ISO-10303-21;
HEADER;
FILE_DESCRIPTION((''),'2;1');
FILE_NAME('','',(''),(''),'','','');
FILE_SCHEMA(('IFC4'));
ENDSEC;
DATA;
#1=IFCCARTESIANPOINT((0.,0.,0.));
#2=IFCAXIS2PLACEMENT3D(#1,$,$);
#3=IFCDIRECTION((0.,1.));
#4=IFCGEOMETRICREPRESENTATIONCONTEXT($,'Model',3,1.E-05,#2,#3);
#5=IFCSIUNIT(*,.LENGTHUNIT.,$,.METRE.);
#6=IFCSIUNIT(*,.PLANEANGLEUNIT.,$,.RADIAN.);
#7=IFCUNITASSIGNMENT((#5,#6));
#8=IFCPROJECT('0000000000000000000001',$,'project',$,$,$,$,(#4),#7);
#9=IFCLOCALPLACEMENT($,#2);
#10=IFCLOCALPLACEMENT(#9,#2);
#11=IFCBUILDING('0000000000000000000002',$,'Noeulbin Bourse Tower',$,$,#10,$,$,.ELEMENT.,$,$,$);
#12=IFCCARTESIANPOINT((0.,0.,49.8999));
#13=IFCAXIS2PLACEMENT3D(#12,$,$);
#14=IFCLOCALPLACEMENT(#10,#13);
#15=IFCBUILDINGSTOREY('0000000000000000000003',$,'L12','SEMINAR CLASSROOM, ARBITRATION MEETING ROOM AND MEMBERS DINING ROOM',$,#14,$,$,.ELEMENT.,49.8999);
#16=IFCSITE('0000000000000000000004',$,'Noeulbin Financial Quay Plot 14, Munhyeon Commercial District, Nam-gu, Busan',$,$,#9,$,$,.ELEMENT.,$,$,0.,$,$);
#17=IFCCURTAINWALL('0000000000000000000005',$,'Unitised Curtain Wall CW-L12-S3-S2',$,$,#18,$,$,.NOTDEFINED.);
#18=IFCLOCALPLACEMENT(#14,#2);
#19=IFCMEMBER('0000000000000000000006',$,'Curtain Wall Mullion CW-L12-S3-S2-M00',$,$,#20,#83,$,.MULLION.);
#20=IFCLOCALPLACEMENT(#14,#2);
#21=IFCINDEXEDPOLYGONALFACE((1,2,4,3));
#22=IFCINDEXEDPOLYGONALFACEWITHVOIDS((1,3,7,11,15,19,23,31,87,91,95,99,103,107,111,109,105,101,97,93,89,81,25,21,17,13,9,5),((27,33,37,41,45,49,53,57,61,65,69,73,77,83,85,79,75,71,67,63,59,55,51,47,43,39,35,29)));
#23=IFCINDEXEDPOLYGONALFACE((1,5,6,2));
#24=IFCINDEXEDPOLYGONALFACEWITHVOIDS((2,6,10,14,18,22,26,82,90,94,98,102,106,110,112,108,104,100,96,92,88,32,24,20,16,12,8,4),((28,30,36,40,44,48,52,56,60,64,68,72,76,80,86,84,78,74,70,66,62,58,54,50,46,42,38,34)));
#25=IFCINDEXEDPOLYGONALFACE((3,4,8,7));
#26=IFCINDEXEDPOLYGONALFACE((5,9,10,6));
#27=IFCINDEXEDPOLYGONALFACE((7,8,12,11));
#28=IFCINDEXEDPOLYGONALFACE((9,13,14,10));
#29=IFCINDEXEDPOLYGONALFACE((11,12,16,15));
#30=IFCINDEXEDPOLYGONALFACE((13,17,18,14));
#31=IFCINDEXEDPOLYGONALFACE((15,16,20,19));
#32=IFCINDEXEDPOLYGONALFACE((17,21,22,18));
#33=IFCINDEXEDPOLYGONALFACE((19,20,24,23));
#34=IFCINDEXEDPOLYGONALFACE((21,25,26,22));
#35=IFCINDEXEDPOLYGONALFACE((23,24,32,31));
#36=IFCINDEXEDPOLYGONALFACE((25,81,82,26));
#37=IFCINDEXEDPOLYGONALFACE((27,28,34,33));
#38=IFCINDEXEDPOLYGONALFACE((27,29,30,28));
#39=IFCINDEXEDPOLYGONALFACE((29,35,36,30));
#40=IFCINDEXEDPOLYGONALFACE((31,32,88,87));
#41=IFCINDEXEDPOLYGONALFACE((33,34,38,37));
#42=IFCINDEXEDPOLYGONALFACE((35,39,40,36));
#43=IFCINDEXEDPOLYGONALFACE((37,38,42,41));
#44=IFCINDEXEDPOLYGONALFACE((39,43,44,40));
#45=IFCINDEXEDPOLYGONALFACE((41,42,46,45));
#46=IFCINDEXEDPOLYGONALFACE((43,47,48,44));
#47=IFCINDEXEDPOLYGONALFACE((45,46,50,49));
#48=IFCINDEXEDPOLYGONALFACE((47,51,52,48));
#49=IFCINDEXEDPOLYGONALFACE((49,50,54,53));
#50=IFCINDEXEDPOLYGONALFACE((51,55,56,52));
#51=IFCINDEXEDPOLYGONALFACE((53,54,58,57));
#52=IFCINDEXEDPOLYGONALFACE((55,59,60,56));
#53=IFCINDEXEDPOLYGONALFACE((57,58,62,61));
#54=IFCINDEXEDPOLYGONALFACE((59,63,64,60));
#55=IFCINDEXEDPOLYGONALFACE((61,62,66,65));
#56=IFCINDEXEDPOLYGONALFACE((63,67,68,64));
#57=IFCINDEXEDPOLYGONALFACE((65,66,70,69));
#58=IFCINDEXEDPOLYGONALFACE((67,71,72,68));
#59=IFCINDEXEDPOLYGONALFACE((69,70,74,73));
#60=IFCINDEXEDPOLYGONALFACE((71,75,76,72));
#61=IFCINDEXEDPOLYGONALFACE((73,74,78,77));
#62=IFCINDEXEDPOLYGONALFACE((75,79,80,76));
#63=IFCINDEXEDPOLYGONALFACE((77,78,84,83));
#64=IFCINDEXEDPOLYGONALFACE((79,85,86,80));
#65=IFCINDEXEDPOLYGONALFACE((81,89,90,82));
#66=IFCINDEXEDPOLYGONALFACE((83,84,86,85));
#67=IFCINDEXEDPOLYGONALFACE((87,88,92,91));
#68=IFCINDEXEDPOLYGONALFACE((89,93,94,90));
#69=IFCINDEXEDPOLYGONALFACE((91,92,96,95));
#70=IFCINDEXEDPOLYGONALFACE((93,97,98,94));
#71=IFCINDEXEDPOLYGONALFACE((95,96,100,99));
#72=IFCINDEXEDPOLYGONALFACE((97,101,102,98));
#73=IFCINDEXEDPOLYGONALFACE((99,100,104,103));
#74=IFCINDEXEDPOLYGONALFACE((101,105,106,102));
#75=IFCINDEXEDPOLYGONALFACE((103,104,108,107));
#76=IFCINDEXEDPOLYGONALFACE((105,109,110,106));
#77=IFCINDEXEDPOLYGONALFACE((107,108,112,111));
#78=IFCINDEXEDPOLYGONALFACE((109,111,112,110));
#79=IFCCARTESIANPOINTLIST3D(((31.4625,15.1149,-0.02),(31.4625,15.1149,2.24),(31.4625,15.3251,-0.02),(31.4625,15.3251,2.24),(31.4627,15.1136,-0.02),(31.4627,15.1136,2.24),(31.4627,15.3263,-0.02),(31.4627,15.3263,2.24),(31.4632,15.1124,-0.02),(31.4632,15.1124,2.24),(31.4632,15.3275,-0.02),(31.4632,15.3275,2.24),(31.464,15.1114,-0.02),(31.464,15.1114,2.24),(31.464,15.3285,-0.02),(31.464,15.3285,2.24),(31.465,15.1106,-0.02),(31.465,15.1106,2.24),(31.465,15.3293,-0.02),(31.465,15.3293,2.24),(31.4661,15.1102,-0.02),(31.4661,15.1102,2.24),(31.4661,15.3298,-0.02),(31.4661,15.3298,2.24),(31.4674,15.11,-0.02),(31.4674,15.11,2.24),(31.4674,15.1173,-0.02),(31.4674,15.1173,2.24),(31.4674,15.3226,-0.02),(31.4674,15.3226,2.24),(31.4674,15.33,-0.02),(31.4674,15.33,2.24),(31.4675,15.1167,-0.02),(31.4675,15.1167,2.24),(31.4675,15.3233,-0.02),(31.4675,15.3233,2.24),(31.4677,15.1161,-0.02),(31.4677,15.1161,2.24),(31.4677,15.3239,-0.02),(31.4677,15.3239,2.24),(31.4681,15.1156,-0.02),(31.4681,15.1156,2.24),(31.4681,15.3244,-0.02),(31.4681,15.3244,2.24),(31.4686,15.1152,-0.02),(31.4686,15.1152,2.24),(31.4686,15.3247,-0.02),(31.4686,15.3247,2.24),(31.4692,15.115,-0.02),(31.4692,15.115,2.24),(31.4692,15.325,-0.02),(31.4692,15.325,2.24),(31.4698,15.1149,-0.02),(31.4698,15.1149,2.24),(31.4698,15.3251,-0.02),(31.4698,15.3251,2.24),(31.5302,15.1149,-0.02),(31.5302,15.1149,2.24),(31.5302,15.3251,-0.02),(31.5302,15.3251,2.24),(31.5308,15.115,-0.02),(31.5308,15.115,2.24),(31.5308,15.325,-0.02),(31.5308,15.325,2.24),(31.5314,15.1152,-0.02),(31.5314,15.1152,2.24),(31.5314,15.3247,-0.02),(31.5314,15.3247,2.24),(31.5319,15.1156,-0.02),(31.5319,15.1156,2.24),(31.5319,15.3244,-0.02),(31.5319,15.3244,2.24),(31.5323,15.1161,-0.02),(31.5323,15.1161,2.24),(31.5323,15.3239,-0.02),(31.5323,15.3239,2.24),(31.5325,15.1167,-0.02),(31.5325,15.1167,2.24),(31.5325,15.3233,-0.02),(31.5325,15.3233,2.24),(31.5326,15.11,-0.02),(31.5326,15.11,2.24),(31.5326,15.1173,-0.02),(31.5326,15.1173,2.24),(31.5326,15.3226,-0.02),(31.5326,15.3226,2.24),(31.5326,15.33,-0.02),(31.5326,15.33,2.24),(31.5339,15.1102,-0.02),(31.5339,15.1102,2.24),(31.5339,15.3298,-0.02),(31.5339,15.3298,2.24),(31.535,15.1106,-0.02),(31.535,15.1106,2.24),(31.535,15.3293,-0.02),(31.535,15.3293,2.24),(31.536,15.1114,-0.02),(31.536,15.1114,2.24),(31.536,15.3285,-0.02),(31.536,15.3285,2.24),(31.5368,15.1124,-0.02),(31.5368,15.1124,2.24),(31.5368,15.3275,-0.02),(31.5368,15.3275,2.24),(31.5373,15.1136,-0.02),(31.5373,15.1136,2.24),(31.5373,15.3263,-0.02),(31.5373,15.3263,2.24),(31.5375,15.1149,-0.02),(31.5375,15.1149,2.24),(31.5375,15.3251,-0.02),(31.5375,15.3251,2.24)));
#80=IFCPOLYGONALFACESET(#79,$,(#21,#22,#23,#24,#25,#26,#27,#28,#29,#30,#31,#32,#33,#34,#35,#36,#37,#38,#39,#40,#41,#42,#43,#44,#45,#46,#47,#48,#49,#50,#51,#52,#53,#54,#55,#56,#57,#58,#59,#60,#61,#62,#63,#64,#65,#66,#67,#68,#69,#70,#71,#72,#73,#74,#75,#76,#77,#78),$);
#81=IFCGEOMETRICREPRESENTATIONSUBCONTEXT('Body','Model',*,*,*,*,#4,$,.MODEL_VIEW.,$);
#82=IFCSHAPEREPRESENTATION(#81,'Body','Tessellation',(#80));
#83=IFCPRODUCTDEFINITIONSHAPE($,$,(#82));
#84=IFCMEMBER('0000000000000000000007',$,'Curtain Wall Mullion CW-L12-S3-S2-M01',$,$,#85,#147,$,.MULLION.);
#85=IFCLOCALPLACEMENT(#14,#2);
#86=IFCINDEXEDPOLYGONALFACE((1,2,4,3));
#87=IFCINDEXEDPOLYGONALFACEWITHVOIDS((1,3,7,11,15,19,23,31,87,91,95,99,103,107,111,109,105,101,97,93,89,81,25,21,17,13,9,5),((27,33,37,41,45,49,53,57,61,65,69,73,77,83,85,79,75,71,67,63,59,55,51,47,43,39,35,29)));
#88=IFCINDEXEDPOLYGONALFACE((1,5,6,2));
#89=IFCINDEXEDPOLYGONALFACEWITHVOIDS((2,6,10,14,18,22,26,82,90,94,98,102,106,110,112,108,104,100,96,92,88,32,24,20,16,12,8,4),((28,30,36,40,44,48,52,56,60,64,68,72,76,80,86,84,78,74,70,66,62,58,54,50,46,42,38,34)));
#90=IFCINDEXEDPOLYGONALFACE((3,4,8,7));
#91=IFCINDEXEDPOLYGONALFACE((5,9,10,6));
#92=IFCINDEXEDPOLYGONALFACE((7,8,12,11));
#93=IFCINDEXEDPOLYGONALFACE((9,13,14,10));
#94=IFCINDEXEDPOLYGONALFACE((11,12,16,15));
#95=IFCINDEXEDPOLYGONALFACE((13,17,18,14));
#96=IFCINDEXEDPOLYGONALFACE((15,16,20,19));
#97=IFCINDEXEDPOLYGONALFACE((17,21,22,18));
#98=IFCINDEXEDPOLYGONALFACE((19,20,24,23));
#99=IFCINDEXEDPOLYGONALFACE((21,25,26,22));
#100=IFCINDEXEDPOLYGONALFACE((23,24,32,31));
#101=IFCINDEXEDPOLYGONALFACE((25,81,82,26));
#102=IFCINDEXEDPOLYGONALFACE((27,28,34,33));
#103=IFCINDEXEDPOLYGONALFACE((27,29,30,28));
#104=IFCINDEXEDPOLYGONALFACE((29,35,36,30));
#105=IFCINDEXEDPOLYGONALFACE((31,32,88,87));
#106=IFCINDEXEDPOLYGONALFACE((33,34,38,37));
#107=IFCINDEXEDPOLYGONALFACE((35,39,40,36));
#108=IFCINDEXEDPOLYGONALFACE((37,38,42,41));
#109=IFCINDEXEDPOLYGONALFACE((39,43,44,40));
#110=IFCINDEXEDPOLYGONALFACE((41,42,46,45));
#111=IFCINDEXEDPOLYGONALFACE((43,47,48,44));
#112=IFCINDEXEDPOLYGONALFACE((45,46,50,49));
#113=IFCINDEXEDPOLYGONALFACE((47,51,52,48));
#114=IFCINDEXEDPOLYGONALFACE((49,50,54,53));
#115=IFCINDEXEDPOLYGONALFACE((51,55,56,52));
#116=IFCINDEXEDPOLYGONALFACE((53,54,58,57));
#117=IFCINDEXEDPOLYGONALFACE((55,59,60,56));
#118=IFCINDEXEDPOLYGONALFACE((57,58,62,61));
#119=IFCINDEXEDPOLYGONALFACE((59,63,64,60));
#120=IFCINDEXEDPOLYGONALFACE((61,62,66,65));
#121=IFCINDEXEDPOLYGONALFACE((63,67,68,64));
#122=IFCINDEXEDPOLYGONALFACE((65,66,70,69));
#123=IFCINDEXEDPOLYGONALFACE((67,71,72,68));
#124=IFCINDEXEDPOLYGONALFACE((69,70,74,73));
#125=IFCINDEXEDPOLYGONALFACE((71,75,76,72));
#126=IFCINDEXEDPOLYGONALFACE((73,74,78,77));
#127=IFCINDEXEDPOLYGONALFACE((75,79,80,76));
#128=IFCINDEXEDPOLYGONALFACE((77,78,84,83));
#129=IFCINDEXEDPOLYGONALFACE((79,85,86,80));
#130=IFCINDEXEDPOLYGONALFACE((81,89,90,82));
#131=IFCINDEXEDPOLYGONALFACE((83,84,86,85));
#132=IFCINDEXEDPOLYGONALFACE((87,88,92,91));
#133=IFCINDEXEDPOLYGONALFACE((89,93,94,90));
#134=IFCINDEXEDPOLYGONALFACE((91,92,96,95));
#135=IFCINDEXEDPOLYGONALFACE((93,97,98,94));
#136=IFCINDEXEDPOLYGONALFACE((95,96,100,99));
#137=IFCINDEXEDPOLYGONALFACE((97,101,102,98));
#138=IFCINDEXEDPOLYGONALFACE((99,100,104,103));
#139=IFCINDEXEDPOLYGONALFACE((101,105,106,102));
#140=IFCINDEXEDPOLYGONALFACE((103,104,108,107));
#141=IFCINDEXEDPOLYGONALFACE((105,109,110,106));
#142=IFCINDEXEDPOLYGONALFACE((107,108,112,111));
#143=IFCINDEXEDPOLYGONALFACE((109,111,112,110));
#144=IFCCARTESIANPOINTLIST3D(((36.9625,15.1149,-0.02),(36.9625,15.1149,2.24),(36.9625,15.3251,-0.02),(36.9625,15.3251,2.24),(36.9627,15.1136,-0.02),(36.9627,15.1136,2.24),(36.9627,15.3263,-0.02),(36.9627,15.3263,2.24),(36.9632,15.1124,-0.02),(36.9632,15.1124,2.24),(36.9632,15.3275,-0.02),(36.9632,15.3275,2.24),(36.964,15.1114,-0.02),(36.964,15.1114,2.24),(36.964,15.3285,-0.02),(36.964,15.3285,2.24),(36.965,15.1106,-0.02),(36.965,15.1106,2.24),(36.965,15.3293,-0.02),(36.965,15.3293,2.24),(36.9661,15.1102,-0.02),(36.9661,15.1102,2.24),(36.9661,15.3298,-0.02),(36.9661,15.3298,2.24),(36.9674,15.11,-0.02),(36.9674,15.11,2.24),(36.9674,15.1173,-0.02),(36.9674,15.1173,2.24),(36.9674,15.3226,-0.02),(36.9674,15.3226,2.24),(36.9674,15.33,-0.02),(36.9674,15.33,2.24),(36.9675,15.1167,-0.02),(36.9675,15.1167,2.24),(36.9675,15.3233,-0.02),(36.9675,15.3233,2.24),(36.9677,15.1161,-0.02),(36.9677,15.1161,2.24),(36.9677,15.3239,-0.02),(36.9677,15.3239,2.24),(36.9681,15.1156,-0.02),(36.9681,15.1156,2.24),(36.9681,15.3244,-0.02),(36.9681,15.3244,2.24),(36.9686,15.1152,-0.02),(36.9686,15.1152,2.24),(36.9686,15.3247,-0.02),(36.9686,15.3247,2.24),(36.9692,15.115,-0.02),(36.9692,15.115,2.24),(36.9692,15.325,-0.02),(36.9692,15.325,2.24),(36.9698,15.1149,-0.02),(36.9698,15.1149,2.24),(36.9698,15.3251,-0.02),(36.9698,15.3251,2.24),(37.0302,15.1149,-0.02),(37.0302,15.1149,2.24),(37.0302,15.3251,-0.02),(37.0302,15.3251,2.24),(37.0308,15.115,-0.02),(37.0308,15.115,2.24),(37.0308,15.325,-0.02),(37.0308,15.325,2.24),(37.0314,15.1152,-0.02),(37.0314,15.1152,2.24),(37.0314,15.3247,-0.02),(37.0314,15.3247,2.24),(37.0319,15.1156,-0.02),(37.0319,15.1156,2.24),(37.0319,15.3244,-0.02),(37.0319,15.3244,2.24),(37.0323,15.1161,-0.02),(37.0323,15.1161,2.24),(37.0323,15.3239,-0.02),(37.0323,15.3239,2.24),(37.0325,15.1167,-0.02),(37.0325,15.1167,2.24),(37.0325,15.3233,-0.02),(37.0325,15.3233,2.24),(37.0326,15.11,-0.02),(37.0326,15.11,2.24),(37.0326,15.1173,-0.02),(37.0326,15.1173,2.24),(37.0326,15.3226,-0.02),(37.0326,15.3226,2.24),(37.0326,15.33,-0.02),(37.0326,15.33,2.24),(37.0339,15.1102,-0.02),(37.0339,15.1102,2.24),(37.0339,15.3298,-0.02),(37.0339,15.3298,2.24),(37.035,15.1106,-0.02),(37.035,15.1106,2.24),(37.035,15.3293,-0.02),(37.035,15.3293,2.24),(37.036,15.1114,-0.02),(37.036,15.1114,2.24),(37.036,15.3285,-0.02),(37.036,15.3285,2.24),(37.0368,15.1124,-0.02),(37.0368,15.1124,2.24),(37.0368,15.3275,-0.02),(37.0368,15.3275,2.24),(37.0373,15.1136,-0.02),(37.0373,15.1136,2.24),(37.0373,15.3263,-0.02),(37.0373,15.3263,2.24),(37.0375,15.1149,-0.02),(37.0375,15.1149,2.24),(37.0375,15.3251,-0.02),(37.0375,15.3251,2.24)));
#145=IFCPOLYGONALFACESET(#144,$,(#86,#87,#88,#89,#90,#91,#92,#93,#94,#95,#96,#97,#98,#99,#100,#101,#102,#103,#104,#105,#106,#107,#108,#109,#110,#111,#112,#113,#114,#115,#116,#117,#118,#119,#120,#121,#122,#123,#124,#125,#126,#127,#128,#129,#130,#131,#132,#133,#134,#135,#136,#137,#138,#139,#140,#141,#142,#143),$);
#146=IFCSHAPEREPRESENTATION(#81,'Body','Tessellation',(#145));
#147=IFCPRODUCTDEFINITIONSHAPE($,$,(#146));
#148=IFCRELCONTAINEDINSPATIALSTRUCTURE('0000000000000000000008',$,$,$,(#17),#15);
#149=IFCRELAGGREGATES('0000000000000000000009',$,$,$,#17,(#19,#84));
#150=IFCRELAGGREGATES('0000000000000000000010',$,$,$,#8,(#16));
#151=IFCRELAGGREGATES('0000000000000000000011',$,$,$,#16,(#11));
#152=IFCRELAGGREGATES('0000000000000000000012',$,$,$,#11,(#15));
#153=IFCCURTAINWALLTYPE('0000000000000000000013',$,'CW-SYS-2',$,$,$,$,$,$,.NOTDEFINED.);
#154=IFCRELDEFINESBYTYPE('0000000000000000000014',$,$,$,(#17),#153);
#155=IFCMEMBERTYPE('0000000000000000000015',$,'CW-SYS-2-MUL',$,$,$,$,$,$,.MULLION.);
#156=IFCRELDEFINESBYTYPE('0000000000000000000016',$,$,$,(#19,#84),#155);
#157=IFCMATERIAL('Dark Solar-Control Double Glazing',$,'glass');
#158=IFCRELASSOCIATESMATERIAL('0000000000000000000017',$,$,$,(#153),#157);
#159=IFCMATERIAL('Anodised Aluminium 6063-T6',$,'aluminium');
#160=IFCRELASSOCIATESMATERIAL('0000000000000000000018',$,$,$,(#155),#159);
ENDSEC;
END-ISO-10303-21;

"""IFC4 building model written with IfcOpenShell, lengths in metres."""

from ifc_helpers import new_model, si_unit, direction, frame, origin, origin_2d, place, context, subcontext, project, spatial, hollow_rectangle, extrude, material, material_profile, profile_set, type_object, element, aggregate, save


model = new_model("IFC4")

# Units and contexts
model_context = context("Model", 3, precision=1e-05, world=origin(), true_north=direction((0.0, 1.0)))
body_context = subcontext(model_context, "Body", "Model", "MODEL_VIEW")
ifc_project = project(units=[si_unit("LENGTHUNIT", "METRE"), si_unit("PLANEANGLEUNIT", "RADIAN")], contexts=[model_context])

# Site, building, storey
site_placement = place(None, origin())
site = spatial("IfcSite", under=ifc_project, at=site_placement, Name="Noeulbin Financial Quay Plot 14, Munhyeon Commercial District, Nam-gu, Busan", CompositionType="ELEMENT", RefElevation=0.0)
building_placement = place(site_placement, origin())
building = spatial("IfcBuilding", under=site, at=building_placement, Name="Noeulbin Bourse Tower", CompositionType="ELEMENT")
storey_placement = place(building_placement, frame((0.0, 0.0, 49.8999)))
storey = spatial("IfcBuildingStorey", under=building, at=storey_placement, Name="L12", Description="SEMINAR CLASSROOM, ARBITRATION MEETING ROOM AND MEMBERS DINING ROOM", CompositionType="ELEMENT", Elevation=49.8999)

# Curtain wall, members
ifc_material_1 = material(Name="Dark Solar-Control Double Glazing", Category="glass")
curtain_wall_type = type_object("IfcCurtainWallType", Name="CW-SYS-2", PredefinedType="NOTDEFINED", material=ifc_material_1)
ifc_material_2 = material(Name="Anodised Aluminium 6063-T6", Category="aluminium")
ifc_material_profile_1 = material_profile(ifc_material_2, hollow_rectangle(XDim=0.075, YDim=0.22, WallThickness=0.0049, InnerFilletRadius=0.0024, OuterFilletRadius=0.0049, at=origin_2d()), Name="ALU-MULL-75x220x5", Category="LoadBearing")
ifc_profile_set_1 = profile_set([ifc_material_profile_1], Name="Anodised Aluminium 6063-T6")
member_type_1 = type_object("IfcMemberType", Name="CW-SYS-2-MUL", PredefinedType="MULLION", material=ifc_profile_set_1)
curtain_wall_1_placement = place(storey_placement, origin())
curtain_wall_1 = element("IfcCurtainWall", 1, at=curtain_wall_1_placement, inside=storey, type_object=curtain_wall_type, Name="Unitised Curtain Wall CW-L12-S3-S2", PredefinedType="NOTDEFINED")
member_1_placement = place(storey_placement, frame((31.5, 15.22, -0.02), z_axis=(0.0, 0.0, 1.0), x_axis=(1.0, 0.0, 0.0)))
member_1 = element("IfcMember", 2, at=member_1_placement, type_object=member_type_1, Name="Curtain Wall Mullion CW-L12-S3-S2-M00", PredefinedType="MULLION", context=body_context, shape_type="SweptSolid", body=[
    extrude(hollow_rectangle(XDim=0.075, YDim=0.22, WallThickness=0.0049, InnerFilletRadius=0.0024, OuterFilletRadius=0.0049, at=origin_2d()), origin(), (0.0, 0.0, 1.0), 2.26),
])
member_2_placement = place(storey_placement, frame((37.0, 15.22, -0.02), z_axis=(0.0, 0.0, 1.0), x_axis=(1.0, 0.0, 0.0)))
member_2 = element("IfcMember", 3, at=member_2_placement, type_object=member_type_1, Name="Curtain Wall Mullion CW-L12-S3-S2-M01", PredefinedType="MULLION", context=body_context, shape_type="SweptSolid", body=[
    extrude(hollow_rectangle(XDim=0.075, YDim=0.22, WallThickness=0.0049, InnerFilletRadius=0.0024, OuterFilletRadius=0.0049, at=origin_2d()), origin(), (0.0, 0.0, 1.0), 2.26),
])

aggregate(curtain_wall_1, [member_1, member_2])

save(model, "model.ifc")
